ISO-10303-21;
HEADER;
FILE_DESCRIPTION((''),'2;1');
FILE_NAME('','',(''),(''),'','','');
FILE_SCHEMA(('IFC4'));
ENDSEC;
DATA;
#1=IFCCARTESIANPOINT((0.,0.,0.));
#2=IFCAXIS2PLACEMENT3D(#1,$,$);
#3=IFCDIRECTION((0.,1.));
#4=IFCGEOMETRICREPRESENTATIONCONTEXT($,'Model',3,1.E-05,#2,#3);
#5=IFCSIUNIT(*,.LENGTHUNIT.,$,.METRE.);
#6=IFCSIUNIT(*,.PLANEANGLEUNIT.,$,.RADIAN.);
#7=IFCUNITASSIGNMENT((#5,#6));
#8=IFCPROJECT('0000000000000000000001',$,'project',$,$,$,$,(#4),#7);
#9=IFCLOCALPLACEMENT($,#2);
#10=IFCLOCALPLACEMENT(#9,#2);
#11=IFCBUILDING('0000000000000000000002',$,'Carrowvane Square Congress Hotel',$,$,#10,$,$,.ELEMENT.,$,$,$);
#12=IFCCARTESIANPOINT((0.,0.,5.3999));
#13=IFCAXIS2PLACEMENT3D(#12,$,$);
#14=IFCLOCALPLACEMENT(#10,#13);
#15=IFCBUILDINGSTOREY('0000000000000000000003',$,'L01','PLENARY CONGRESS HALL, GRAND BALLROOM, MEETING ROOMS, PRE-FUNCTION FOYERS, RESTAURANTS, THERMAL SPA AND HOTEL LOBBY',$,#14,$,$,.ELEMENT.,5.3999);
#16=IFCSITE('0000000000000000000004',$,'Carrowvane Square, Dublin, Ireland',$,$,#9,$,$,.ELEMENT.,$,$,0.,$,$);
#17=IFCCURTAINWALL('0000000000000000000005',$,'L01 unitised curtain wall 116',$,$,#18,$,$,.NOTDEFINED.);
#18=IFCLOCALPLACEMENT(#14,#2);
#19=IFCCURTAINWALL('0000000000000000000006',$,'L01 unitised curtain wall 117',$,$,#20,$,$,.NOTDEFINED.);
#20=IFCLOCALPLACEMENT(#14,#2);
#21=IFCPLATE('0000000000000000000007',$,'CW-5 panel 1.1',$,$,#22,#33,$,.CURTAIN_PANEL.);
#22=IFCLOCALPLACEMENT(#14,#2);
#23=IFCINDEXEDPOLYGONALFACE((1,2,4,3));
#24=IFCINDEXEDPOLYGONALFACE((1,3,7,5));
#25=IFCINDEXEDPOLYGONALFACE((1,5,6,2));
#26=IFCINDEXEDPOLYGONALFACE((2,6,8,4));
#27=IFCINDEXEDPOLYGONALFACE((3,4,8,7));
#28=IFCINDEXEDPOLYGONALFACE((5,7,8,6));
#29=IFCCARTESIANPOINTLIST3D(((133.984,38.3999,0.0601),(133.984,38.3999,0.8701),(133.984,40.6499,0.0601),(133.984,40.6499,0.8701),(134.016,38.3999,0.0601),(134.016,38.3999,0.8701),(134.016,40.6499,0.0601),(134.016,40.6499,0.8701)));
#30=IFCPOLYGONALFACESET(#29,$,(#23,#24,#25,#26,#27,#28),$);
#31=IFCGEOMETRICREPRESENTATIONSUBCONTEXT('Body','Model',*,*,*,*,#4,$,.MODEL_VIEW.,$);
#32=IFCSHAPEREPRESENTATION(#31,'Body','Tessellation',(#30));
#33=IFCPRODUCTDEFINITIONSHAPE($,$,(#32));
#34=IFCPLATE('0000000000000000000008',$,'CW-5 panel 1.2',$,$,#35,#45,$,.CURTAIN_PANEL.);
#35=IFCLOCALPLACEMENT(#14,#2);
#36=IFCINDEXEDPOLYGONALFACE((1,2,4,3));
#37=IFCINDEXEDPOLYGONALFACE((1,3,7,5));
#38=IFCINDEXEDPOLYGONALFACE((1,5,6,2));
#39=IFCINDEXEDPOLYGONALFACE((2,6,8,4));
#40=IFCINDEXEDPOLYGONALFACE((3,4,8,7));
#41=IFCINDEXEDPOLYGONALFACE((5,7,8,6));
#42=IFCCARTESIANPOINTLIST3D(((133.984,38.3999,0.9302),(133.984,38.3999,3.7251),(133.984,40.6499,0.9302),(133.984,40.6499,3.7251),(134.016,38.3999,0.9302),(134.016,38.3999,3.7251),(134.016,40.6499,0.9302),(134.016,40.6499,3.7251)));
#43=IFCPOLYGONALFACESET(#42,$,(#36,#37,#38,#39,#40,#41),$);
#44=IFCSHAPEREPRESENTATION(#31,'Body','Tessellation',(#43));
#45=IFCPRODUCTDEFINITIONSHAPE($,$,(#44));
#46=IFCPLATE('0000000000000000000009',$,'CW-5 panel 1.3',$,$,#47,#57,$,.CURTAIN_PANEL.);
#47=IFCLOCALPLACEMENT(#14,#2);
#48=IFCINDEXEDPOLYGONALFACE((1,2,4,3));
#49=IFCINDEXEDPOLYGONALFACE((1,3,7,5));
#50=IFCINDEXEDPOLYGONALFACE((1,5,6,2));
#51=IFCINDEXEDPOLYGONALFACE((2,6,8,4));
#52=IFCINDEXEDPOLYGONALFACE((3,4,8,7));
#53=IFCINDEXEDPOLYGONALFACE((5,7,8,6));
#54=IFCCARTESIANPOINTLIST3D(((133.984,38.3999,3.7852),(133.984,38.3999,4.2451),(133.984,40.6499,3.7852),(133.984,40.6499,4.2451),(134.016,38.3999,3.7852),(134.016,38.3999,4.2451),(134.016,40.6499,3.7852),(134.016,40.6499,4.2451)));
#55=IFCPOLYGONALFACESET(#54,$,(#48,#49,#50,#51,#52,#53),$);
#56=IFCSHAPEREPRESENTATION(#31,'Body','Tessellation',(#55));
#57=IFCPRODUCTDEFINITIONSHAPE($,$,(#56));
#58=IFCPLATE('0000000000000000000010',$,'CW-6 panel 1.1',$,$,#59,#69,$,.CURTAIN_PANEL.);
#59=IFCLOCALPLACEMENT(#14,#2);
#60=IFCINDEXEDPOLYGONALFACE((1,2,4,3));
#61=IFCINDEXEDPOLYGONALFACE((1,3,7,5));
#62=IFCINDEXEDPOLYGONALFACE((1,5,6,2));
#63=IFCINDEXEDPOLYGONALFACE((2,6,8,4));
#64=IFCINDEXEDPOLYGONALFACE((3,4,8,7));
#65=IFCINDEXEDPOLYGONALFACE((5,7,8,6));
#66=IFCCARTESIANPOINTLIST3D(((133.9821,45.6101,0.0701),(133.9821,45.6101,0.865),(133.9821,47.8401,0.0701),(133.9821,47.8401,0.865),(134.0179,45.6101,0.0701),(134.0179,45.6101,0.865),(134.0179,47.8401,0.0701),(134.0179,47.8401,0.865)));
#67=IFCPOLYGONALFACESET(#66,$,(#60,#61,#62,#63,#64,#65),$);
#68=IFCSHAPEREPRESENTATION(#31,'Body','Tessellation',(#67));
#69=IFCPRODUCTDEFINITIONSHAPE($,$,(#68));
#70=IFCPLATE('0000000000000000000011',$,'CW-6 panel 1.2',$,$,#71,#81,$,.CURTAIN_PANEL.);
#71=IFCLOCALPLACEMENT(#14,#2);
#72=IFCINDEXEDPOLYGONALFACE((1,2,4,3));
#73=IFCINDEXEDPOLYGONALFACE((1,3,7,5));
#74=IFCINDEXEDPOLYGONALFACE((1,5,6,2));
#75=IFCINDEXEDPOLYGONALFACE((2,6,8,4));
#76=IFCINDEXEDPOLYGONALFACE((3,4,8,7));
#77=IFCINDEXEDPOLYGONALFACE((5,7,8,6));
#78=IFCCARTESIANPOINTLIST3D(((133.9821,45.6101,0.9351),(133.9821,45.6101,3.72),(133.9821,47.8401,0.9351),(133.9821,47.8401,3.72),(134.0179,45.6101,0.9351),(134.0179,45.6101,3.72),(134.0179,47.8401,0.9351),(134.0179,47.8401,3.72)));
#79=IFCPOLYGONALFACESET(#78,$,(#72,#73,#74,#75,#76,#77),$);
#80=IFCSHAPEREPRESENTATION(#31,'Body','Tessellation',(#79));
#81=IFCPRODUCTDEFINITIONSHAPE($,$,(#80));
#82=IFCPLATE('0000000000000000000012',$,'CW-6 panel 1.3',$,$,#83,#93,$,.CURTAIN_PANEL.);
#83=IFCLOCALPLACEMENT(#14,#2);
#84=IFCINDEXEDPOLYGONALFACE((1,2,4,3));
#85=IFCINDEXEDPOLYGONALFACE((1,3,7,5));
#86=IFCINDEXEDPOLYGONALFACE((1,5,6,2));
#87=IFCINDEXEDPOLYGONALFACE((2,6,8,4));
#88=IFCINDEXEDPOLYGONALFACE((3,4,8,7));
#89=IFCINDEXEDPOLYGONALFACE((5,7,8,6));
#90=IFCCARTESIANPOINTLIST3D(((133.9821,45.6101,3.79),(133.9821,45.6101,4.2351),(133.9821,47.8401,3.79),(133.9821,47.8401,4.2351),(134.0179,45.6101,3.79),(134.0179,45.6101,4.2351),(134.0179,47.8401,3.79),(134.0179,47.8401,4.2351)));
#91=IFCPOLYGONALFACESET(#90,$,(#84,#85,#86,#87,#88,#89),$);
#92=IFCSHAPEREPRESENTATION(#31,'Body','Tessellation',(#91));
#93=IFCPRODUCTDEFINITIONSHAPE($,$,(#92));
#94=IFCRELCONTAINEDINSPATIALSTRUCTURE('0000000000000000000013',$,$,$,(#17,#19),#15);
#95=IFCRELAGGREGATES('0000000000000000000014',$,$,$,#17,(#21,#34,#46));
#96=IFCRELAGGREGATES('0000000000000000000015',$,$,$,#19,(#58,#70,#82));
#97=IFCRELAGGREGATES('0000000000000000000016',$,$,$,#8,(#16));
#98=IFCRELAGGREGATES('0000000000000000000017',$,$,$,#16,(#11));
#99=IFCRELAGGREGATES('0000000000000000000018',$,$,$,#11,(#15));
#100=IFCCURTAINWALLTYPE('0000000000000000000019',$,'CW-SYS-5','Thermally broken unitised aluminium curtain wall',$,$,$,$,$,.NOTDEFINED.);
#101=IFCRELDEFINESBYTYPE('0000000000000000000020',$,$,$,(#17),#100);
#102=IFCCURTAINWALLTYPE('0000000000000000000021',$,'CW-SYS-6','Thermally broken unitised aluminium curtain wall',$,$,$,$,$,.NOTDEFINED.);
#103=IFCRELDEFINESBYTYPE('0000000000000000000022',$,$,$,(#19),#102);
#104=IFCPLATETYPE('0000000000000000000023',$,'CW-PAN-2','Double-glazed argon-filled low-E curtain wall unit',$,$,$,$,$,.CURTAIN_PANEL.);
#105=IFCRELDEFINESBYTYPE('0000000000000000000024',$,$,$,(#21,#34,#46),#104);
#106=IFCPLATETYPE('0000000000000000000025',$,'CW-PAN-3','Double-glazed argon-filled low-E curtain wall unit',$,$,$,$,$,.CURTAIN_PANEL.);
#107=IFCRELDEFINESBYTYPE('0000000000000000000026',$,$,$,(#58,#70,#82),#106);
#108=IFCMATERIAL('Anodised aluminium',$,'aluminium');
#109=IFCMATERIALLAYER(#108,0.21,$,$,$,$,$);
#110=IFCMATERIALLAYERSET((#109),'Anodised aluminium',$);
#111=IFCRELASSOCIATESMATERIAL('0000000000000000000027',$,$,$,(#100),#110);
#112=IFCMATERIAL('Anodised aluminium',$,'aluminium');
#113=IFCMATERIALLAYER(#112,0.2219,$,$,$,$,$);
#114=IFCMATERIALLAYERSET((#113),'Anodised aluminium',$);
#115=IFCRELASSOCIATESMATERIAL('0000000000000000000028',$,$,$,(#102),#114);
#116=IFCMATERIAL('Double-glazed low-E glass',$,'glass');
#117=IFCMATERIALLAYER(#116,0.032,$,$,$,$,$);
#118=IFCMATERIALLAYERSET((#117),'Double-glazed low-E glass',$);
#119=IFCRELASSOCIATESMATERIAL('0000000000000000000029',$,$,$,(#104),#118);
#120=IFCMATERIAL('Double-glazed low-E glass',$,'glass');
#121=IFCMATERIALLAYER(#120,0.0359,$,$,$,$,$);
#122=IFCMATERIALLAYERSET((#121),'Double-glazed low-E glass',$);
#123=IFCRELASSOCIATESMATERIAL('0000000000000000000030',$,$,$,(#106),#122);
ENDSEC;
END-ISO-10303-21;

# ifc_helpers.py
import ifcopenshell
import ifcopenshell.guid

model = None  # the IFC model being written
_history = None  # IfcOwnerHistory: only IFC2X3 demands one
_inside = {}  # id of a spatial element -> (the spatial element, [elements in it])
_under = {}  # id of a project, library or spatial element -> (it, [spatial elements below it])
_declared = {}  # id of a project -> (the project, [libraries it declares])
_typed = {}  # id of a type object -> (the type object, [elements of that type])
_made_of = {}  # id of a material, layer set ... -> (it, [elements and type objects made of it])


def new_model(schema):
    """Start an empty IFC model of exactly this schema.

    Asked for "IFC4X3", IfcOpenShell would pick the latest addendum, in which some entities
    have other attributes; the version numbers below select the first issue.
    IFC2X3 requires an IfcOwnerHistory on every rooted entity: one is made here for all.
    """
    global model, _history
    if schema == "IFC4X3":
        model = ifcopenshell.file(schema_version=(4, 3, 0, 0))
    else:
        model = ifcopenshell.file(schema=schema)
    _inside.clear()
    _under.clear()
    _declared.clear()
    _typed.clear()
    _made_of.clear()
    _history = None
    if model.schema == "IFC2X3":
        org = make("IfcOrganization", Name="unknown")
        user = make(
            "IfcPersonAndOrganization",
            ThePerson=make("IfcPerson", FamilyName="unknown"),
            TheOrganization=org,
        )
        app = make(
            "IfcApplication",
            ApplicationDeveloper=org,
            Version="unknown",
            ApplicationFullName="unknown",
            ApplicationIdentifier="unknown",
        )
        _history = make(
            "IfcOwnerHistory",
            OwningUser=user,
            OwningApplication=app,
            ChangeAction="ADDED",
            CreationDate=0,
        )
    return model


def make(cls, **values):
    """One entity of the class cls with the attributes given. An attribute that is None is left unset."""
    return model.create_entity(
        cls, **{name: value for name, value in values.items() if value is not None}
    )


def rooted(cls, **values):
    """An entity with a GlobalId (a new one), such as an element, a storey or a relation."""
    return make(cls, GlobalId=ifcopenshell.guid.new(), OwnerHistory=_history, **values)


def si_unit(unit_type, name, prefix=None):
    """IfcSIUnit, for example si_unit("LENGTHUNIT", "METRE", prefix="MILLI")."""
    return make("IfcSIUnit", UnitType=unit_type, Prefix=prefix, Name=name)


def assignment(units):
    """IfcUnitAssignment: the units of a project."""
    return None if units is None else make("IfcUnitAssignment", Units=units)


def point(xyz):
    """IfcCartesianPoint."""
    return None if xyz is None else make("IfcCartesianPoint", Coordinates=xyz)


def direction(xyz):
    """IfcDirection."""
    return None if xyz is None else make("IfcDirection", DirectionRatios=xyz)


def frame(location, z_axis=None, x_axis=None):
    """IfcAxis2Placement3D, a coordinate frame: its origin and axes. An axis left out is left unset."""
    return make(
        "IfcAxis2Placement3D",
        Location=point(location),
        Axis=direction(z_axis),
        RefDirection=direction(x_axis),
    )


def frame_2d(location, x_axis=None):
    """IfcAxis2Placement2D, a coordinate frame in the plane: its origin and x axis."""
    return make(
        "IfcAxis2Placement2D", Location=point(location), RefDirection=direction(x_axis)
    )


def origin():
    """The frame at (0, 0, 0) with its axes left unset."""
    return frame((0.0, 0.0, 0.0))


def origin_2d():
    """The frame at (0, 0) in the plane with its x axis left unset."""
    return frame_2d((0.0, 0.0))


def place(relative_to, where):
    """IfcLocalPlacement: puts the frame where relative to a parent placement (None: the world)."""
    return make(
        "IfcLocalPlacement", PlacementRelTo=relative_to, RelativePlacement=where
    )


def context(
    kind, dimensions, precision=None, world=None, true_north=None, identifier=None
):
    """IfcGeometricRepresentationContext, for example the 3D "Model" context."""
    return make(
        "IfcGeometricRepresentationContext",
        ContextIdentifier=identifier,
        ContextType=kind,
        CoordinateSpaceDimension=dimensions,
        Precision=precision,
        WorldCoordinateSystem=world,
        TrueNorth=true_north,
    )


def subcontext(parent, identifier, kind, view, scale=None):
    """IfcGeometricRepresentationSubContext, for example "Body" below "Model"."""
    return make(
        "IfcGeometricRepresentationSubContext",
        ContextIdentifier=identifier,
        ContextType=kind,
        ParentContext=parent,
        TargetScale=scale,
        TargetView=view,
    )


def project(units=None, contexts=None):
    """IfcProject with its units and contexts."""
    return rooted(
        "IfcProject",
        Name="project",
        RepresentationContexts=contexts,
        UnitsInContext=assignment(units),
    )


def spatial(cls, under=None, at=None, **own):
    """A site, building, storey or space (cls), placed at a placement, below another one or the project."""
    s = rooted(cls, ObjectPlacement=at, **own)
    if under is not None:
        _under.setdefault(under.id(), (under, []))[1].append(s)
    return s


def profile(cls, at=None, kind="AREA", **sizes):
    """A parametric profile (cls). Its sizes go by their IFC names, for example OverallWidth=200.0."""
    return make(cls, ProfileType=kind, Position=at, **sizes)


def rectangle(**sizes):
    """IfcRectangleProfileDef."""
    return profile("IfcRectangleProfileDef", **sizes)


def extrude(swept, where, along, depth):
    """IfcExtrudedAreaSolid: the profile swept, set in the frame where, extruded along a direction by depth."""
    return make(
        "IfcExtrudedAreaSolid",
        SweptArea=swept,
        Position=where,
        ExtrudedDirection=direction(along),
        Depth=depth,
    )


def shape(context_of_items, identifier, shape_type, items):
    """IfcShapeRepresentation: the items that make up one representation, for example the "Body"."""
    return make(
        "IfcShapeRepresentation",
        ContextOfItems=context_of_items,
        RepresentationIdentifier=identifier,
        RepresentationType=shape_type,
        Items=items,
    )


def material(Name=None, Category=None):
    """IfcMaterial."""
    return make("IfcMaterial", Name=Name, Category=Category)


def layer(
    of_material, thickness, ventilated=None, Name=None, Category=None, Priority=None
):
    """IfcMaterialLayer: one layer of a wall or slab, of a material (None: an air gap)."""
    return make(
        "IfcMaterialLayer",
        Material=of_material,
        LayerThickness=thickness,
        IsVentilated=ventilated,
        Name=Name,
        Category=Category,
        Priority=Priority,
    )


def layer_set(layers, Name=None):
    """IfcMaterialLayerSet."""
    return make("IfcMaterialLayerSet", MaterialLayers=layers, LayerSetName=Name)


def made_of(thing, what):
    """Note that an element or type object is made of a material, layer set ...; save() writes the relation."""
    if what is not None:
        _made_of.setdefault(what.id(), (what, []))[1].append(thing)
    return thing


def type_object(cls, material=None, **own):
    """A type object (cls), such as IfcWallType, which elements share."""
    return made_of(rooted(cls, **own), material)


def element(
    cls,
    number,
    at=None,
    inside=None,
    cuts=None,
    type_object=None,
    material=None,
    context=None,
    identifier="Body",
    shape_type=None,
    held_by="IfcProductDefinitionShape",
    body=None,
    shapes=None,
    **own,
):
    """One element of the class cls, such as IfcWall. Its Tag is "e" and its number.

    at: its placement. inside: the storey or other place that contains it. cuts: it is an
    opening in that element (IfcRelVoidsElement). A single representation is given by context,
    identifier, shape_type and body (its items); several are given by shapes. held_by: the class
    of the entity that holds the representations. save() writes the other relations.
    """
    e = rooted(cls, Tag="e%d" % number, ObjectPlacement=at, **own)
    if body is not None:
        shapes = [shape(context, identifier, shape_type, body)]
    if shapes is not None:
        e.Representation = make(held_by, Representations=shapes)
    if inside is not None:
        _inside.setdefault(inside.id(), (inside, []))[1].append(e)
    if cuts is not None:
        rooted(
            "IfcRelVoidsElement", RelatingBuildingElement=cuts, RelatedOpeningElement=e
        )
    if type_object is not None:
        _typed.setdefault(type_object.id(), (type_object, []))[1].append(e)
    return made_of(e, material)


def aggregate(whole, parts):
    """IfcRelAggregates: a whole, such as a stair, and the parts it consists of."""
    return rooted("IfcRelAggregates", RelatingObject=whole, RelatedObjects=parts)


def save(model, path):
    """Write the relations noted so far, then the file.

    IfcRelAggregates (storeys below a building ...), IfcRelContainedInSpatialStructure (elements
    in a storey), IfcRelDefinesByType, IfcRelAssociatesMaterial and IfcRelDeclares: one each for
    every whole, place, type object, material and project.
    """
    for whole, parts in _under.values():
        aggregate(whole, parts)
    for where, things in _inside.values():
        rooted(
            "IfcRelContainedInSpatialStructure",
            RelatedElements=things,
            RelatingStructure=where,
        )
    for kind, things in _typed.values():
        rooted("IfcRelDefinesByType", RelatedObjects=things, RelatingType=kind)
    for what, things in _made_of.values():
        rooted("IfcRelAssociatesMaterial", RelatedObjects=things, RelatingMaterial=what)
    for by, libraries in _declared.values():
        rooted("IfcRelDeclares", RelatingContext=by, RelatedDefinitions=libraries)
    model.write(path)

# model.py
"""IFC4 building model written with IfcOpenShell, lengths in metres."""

from ifc_helpers import new_model, si_unit, direction, frame, origin, origin_2d, place, context, subcontext, project, spatial, rectangle, extrude, material, layer, layer_set, type_object, element, aggregate, save


model = new_model("IFC4")

# Units and contexts
model_context = context("Model", 3, precision=1e-05, world=origin(), true_north=direction((0.0, 1.0)))
body_context = subcontext(model_context, "Body", "Model", "MODEL_VIEW")
ifc_project = project(units=[si_unit("LENGTHUNIT", "METRE"), si_unit("PLANEANGLEUNIT", "RADIAN")], contexts=[model_context])

# Site, building, storey
site_placement = place(None, origin())
site = spatial("IfcSite", under=ifc_project, at=site_placement, Name="Carrowvane Square, Dublin, Ireland", CompositionType="ELEMENT", RefElevation=0.0)
building_placement = place(site_placement, origin())
building = spatial("IfcBuilding", under=site, at=building_placement, Name="Carrowvane Square Congress Hotel", CompositionType="ELEMENT")
storey_placement = place(building_placement, frame((0.0, 0.0, 5.3999)))
storey = spatial("IfcBuildingStorey", under=building, at=storey_placement, Name="L01", Description="PLENARY CONGRESS HALL, GRAND BALLROOM, MEETING ROOMS, PRE-FUNCTION FOYERS, RESTAURANTS, THERMAL SPA AND HOTEL LOBBY", CompositionType="ELEMENT", Elevation=5.3999)

# Curtain walls
ifc_material_1 = material(Name="Anodised aluminium", Category="aluminium")
ifc_layer_1 = layer(ifc_material_1, 0.21)
ifc_layer_set_1 = layer_set([ifc_layer_1], Name="Anodised aluminium")
curtain_wall_type_1 = type_object("IfcCurtainWallType", Name="CW-SYS-5", Description="Thermally broken unitised aluminium curtain wall", PredefinedType="NOTDEFINED", material=ifc_layer_set_1)
curtain_wall_1_placement = place(storey_placement, origin())
curtain_wall_1 = element("IfcCurtainWall", 1, at=curtain_wall_1_placement, inside=storey, type_object=curtain_wall_type_1, Name="L01 unitised curtain wall 116", PredefinedType="NOTDEFINED")
ifc_material_2 = material(Name="Anodised aluminium", Category="aluminium")
ifc_layer_2 = layer(ifc_material_2, 0.2219)
ifc_layer_set_2 = layer_set([ifc_layer_2], Name="Anodised aluminium")
curtain_wall_type_2 = type_object("IfcCurtainWallType", Name="CW-SYS-6", Description="Thermally broken unitised aluminium curtain wall", PredefinedType="NOTDEFINED", material=ifc_layer_set_2)
curtain_wall_2_placement = place(storey_placement, origin())
curtain_wall_2 = element("IfcCurtainWall", 2, at=curtain_wall_2_placement, inside=storey, type_object=curtain_wall_type_2, Name="L01 unitised curtain wall 117", PredefinedType="NOTDEFINED")

# Plates
ifc_material_3 = material(Name="Double-glazed low-E glass", Category="glass")
ifc_layer_3 = layer(ifc_material_3, 0.032)
ifc_layer_set_3 = layer_set([ifc_layer_3], Name="Double-glazed low-E glass")
plate_type_1 = type_object("IfcPlateType", Name="CW-PAN-2", Description="Double-glazed argon-filled low-E curtain wall unit", PredefinedType="CURTAIN_PANEL", material=ifc_layer_set_3)
plate_1_placement = place(storey_placement, frame((134.0, 39.5249, 0.0601), z_axis=(0.0, 0.0, 1.0), x_axis=(0.0, 1.0, 0.0)))
plate_1 = element("IfcPlate", 3, at=plate_1_placement, type_object=plate_type_1, Name="CW-5 panel 1.1", PredefinedType="CURTAIN_PANEL", context=body_context, shape_type="SweptSolid", body=[
    extrude(rectangle(XDim=2.25, YDim=0.032, at=origin_2d()), origin(), (0.0, 0.0, 1.0), 0.8101),
])
plate_2_placement = place(storey_placement, frame((134.0, 39.5249, 0.9302), z_axis=(0.0, 0.0, 1.0), x_axis=(0.0, 1.0, 0.0)))
plate_2 = element("IfcPlate", 4, at=plate_2_placement, type_object=plate_type_1, Name="CW-5 panel 1.2", PredefinedType="CURTAIN_PANEL", context=body_context, shape_type="SweptSolid", body=[
    extrude(rectangle(XDim=2.25, YDim=0.032, at=origin_2d()), origin(), (0.0, 0.0, 1.0), 2.7949),
])
plate_3_placement = place(storey_placement, frame((134.0, 39.5249, 3.7852), z_axis=(0.0, 0.0, 1.0), x_axis=(0.0, 1.0, 0.0)))
plate_3 = element("IfcPlate", 5, at=plate_3_placement, type_object=plate_type_1, Name="CW-5 panel 1.3", PredefinedType="CURTAIN_PANEL", context=body_context, shape_type="SweptSolid", body=[
    extrude(rectangle(XDim=2.25, YDim=0.032, at=origin_2d()), origin(), (0.0, 0.0, 1.0), 0.46),
])
aggregate(curtain_wall_1, [plate_1, plate_2, plate_3])
ifc_material_4 = material(Name="Double-glazed low-E glass", Category="glass")
ifc_layer_4 = layer(ifc_material_4, 0.0359)
ifc_layer_set_4 = layer_set([ifc_layer_4], Name="Double-glazed low-E glass")
plate_type_2 = type_object("IfcPlateType", Name="CW-PAN-3", Description="Double-glazed argon-filled low-E curtain wall unit", PredefinedType="CURTAIN_PANEL", material=ifc_layer_set_4)
plate_4_placement = place(storey_placement, frame((134.0, 46.7251, 0.0701), z_axis=(0.0, 0.0, 1.0), x_axis=(0.0, 1.0, 0.0)))
plate_4 = element("IfcPlate", 6, at=plate_4_placement, type_object=plate_type_2, Name="CW-6 panel 1.1", PredefinedType="CURTAIN_PANEL", context=body_context, shape_type="SweptSolid", body=[
    extrude(rectangle(XDim=2.23, YDim=0.0359, at=origin_2d()), origin(), (0.0, 0.0, 1.0), 0.7949),
])
plate_5_placement = place(storey_placement, frame((134.0, 46.7251, 0.9351), z_axis=(0.0, 0.0, 1.0), x_axis=(0.0, 1.0, 0.0)))
plate_5 = element("IfcPlate", 7, at=plate_5_placement, type_object=plate_type_2, Name="CW-6 panel 1.2", PredefinedType="CURTAIN_PANEL", context=body_context, shape_type="SweptSolid", body=[
    extrude(rectangle(XDim=2.23, YDim=0.0359, at=origin_2d()), origin(), (0.0, 0.0, 1.0), 2.7849),
])
plate_6_placement = place(storey_placement, frame((134.0, 46.7251, 3.79), z_axis=(0.0, 0.0, 1.0), x_axis=(0.0, 1.0, 0.0)))
plate_6 = element("IfcPlate", 8, at=plate_6_placement, type_object=plate_type_2, Name="CW-6 panel 1.3", PredefinedType="CURTAIN_PANEL", context=body_context, shape_type="SweptSolid", body=[
    extrude(rectangle(XDim=2.23, YDim=0.0359, at=origin_2d()), origin(), (0.0, 0.0, 1.0), 0.4451),
])
aggregate(curtain_wall_2, [plate_4, plate_5, plate_6])

save(model, "model.ifc")
